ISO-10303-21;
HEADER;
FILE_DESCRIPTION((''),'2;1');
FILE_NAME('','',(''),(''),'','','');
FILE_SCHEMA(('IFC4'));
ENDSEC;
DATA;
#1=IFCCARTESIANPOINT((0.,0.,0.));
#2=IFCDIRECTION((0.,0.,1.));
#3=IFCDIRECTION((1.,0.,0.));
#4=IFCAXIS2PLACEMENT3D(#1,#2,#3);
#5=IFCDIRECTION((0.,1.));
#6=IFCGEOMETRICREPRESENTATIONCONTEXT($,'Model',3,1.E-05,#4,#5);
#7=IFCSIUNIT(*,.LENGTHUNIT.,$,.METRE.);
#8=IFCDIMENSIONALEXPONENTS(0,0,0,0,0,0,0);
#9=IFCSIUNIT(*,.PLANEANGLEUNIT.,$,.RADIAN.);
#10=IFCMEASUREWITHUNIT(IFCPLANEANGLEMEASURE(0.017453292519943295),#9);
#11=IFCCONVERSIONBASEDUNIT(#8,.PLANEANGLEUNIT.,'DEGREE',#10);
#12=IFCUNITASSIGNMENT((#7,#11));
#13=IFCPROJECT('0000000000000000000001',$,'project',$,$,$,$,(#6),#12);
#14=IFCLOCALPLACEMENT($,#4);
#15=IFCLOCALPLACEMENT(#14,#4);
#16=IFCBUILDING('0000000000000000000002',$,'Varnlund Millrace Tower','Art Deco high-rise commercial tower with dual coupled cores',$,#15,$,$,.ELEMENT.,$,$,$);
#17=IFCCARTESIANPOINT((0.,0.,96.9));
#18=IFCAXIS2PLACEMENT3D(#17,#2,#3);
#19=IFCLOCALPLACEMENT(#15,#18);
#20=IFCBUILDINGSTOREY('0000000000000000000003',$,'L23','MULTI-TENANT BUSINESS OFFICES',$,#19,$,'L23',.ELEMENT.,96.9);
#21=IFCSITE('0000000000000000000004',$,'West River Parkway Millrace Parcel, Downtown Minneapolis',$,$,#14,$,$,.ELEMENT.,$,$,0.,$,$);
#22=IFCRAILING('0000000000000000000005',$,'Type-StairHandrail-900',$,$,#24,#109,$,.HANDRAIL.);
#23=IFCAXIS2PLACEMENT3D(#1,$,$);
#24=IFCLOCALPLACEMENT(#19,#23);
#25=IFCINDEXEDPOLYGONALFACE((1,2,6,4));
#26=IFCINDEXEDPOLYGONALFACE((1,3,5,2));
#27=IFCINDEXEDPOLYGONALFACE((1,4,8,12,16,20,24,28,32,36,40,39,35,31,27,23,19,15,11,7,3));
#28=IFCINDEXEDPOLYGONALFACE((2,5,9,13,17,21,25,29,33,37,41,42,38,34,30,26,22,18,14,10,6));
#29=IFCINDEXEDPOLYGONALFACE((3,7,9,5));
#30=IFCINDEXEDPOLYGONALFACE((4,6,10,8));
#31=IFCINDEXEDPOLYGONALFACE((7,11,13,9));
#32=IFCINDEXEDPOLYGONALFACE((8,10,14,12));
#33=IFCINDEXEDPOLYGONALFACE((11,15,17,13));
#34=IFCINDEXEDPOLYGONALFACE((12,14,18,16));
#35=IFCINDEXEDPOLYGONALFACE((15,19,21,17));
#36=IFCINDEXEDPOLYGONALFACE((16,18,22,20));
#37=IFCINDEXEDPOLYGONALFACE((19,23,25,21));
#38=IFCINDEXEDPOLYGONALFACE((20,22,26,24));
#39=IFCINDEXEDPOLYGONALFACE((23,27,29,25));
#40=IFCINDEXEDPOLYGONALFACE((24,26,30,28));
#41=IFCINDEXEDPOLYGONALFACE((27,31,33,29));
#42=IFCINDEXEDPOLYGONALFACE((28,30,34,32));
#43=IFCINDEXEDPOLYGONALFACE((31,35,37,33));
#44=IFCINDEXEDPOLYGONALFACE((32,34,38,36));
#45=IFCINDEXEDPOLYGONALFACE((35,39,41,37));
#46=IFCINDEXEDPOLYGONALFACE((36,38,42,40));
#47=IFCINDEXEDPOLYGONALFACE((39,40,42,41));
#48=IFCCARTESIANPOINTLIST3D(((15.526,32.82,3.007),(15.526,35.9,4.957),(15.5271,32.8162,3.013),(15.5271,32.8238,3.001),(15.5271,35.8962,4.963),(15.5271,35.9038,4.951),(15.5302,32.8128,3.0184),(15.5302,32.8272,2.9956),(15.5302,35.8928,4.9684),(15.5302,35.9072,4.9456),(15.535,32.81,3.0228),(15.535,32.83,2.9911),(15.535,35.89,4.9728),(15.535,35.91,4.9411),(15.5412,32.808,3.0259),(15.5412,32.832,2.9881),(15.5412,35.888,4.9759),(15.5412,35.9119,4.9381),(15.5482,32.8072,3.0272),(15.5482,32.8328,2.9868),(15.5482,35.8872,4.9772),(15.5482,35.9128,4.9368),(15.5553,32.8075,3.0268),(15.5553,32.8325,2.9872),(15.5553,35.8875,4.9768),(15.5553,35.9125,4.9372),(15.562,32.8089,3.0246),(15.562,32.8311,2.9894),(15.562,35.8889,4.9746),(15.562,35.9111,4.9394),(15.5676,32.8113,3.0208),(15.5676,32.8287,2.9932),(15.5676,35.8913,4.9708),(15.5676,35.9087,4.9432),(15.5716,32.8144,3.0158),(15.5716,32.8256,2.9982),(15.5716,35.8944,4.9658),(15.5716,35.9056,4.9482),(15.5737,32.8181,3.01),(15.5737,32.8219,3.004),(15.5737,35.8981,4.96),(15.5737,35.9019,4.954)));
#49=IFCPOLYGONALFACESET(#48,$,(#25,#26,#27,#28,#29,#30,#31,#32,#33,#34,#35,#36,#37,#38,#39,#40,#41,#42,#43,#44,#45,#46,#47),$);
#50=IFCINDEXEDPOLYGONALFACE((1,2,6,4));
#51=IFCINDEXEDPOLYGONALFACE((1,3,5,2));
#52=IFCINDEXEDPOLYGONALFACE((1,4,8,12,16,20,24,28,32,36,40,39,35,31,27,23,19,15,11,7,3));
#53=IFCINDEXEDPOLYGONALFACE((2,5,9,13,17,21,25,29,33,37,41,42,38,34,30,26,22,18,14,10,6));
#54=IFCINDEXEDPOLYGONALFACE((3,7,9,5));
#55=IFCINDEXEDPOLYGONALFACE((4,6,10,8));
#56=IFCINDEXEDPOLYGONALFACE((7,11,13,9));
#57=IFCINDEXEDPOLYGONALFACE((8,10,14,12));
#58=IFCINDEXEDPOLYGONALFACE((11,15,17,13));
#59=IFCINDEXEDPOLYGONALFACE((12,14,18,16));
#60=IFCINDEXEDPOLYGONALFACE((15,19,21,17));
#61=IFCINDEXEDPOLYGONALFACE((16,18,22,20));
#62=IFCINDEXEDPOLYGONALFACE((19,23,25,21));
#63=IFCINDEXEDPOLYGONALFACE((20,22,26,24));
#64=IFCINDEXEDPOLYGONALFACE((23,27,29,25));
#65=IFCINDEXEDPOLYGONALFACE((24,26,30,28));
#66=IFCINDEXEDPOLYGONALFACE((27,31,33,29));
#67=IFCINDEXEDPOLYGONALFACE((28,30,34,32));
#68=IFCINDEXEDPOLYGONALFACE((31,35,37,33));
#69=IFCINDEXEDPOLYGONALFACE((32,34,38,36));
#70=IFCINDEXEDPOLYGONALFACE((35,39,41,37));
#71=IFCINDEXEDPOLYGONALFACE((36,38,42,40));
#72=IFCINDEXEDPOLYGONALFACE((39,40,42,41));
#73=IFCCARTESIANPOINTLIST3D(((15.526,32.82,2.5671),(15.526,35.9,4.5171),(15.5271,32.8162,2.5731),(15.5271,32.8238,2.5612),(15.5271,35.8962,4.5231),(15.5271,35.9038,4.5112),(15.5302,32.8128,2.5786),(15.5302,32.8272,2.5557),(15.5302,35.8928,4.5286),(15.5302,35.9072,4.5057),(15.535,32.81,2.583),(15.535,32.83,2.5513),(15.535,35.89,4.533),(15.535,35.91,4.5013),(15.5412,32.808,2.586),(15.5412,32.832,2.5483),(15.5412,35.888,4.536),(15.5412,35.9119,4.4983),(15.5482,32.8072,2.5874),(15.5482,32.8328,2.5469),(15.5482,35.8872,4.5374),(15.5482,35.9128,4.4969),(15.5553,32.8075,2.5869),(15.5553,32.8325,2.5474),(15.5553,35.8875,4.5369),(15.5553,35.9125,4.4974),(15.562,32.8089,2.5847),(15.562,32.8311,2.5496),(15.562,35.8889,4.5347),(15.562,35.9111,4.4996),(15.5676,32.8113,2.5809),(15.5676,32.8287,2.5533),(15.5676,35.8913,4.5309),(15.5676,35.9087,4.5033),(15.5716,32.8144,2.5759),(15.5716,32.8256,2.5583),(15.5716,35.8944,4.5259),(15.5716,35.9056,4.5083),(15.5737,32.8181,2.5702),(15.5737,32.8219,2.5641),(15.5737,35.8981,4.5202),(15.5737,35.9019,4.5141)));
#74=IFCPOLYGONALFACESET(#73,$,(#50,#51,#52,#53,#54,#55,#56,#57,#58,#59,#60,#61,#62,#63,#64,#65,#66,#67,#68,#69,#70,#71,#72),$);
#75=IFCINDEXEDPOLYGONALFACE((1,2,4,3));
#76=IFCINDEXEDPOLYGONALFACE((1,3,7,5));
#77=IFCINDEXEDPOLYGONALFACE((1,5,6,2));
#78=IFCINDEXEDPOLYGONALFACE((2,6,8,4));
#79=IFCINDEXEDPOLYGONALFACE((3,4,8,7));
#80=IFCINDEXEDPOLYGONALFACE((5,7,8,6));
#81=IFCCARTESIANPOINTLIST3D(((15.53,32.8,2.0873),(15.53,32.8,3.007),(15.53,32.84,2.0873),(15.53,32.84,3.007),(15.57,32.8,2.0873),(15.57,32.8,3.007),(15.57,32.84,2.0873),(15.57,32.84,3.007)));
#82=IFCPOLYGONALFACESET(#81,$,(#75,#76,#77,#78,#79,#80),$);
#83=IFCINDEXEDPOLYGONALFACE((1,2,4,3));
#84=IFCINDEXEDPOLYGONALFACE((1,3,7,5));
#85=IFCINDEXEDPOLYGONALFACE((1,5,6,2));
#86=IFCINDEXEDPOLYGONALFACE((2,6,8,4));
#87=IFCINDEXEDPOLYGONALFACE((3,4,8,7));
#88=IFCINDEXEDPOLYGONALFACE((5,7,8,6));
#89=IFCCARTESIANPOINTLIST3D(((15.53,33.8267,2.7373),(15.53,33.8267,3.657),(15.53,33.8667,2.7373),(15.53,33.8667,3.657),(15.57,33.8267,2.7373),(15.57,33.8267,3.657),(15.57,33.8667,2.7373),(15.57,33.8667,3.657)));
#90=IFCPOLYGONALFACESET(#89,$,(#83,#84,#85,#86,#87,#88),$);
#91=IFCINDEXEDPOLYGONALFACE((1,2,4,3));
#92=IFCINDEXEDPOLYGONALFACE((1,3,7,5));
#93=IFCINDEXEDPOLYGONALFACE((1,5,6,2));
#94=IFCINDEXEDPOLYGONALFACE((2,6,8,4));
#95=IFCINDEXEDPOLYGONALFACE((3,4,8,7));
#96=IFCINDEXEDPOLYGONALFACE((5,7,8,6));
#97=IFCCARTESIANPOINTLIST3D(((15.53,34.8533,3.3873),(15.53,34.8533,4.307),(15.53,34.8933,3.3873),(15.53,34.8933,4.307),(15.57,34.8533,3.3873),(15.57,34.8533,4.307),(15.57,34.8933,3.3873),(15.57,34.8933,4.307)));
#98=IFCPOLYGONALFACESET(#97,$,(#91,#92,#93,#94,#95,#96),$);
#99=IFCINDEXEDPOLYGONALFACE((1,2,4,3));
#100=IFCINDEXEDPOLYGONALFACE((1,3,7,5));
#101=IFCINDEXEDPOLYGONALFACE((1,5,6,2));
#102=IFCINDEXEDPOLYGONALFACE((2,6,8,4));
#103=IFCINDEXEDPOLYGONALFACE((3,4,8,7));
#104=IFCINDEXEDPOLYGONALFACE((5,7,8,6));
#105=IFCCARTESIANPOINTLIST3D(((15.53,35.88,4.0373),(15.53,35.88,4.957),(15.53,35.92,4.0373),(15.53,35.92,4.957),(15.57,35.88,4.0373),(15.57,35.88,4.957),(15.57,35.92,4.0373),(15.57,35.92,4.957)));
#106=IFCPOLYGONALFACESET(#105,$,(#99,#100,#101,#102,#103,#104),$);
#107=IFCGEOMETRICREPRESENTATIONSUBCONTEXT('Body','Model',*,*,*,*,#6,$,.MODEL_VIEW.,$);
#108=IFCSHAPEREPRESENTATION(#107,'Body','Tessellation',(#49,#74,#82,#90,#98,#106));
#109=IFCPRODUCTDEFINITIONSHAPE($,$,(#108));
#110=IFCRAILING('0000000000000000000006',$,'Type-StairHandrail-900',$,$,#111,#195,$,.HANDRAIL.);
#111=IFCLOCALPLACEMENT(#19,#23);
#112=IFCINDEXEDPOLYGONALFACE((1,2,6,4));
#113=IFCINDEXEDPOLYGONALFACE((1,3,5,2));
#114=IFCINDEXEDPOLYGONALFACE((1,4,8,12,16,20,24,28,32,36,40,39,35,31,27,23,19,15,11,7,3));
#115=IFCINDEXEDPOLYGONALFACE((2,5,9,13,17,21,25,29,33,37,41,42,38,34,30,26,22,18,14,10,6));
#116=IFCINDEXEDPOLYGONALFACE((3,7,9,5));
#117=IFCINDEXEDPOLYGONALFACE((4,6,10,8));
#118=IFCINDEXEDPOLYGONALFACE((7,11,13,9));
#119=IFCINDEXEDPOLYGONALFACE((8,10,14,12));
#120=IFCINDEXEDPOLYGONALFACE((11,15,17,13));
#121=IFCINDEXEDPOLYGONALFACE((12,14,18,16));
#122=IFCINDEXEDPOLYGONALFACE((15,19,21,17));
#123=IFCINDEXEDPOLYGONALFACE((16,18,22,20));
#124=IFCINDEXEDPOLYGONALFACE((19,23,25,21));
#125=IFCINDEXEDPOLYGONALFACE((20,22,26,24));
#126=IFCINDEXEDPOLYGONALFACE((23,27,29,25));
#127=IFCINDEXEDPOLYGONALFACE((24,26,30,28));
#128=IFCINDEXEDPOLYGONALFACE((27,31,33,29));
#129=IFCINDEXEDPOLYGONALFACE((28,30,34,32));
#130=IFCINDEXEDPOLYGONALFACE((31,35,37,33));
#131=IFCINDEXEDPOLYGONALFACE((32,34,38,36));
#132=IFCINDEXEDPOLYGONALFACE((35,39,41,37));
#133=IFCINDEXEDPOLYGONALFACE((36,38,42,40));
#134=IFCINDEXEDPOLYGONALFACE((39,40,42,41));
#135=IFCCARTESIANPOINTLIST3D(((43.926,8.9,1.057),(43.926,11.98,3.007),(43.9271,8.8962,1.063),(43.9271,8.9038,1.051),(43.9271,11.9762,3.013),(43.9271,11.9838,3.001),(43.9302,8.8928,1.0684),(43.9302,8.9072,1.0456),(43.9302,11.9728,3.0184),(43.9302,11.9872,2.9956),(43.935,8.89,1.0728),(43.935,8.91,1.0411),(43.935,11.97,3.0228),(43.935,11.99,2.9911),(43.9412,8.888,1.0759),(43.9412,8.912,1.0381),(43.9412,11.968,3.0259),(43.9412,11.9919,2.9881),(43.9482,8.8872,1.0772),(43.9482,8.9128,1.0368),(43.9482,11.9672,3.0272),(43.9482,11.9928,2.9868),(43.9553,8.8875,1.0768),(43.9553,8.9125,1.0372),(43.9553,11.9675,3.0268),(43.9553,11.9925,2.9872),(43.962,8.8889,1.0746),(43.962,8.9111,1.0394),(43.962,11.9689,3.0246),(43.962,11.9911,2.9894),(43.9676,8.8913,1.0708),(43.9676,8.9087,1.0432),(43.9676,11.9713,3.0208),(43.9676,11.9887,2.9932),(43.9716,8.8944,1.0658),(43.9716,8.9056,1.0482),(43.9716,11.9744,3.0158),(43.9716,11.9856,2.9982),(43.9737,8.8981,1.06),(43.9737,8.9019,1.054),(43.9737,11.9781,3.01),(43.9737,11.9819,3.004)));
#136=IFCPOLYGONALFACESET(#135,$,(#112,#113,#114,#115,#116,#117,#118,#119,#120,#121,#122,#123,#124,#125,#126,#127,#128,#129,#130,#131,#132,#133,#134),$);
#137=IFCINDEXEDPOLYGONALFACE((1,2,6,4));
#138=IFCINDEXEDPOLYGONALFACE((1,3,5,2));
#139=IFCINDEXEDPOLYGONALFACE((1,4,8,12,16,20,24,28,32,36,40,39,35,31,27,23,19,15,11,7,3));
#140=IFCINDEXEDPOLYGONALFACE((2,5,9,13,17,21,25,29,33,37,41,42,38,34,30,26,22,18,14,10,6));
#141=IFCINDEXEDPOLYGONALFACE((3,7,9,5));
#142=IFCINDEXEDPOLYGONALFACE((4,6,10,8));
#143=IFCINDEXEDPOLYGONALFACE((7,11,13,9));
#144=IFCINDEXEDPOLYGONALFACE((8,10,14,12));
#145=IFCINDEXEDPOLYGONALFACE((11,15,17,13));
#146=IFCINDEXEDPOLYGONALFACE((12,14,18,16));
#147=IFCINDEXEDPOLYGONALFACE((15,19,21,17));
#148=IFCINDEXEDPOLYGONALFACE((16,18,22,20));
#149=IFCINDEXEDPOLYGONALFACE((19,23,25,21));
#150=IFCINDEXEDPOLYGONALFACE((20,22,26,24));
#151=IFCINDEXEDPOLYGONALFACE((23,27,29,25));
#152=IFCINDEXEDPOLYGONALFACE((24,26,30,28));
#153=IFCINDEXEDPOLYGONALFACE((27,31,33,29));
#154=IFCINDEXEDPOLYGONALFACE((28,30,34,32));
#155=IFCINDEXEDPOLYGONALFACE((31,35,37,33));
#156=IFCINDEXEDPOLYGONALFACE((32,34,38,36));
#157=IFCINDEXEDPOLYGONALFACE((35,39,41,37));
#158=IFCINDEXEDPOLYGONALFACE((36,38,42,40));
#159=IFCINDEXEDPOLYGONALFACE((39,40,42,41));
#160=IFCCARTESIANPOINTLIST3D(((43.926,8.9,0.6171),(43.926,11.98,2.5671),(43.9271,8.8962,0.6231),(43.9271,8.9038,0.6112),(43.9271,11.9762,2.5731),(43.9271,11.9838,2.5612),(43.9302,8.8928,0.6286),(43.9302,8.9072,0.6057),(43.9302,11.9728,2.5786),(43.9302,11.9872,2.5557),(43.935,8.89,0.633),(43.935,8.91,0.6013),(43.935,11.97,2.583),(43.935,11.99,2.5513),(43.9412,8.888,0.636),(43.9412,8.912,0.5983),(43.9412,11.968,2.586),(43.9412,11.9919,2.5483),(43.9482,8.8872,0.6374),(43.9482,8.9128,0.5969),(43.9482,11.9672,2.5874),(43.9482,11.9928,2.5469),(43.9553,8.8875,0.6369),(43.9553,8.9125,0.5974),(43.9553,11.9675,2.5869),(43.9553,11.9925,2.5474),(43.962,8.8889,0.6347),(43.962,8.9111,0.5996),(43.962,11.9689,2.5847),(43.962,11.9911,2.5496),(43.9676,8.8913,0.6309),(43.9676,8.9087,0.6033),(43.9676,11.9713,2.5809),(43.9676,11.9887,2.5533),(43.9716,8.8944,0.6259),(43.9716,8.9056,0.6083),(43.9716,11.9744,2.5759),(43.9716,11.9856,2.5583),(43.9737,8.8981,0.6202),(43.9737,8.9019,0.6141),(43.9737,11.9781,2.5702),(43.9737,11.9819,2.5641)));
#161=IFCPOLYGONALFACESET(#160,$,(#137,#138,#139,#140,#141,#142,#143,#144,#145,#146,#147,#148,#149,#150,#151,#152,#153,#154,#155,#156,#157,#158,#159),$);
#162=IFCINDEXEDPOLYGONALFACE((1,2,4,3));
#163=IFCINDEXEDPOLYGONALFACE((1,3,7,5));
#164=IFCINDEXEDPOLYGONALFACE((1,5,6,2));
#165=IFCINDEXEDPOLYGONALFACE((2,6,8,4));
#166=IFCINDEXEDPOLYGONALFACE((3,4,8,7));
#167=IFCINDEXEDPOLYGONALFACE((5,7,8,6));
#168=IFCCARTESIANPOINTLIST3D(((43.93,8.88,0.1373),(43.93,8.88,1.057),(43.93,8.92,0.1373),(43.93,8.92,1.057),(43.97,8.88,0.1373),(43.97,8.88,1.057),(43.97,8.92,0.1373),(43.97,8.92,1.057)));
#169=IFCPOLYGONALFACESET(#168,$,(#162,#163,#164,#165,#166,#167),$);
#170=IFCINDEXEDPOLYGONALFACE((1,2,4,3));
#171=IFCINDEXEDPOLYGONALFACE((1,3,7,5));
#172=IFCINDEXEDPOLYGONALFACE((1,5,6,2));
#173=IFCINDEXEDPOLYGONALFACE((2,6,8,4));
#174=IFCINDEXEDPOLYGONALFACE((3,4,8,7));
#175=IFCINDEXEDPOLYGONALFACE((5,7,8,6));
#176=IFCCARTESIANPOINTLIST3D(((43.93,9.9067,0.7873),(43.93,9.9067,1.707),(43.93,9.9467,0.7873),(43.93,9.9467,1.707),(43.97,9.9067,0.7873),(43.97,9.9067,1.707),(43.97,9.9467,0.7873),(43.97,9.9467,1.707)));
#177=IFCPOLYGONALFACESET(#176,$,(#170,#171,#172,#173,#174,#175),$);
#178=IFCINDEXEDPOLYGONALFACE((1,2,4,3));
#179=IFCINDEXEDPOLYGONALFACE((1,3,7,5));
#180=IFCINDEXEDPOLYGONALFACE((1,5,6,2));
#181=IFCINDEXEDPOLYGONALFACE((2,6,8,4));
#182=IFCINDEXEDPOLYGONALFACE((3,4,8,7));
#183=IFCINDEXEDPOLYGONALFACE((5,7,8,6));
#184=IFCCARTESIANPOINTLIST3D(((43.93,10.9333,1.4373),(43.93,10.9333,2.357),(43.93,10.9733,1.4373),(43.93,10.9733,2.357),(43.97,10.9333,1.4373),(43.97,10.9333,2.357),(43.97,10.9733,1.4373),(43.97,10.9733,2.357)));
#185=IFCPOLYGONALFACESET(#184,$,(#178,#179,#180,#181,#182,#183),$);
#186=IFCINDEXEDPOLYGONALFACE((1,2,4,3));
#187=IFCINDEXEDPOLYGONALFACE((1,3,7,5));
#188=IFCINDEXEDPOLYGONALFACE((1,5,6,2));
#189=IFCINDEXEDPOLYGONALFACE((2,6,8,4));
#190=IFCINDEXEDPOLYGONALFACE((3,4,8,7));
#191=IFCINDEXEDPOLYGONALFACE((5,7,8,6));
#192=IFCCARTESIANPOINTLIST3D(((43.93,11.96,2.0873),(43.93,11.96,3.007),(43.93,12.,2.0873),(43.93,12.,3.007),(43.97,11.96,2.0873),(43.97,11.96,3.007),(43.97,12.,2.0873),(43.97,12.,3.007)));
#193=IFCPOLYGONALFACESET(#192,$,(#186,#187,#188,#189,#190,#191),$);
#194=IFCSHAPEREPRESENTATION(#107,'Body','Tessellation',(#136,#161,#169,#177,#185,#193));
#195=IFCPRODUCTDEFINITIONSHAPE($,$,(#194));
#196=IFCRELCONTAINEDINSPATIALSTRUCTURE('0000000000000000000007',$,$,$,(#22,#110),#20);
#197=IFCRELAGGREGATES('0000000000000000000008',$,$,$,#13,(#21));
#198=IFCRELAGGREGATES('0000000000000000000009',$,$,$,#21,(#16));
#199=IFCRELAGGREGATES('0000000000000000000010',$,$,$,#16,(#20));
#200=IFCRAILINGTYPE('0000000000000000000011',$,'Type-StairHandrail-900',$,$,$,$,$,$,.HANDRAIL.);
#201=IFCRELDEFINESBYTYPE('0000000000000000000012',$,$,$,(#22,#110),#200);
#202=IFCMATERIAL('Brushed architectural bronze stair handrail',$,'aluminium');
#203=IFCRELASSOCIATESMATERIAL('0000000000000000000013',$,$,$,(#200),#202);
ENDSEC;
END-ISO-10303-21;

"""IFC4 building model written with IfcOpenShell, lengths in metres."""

from ifc_helpers import new_model, entity, si_unit, converted_unit, direction, frame, origin_with_axes, origin_2d_with_axis, place, context, subcontext, project, spatial, rectangle, circle, extrude, material, type_object, element, save


model = new_model("IFC4")

# Units and contexts
model_context = context("Model", 3, precision=1e-05, world=origin_with_axes(), true_north=direction((0.0, 1.0)))
body_context = subcontext(model_context, "Body", "Model", "MODEL_VIEW")
ifc_project = project(units=[si_unit("LENGTHUNIT", "METRE"), converted_unit("PLANEANGLEUNIT", "DEGREE", entity("IfcPlaneAngleMeasure", 0.017453292519943295), si_unit("PLANEANGLEUNIT", "RADIAN"), dimensions=[0, 0, 0, 0, 0, 0, 0])], contexts=[model_context])

# Site, building, storey
site_placement = place(None, origin_with_axes())
site = spatial("IfcSite", under=ifc_project, at=site_placement, Name="West River Parkway Millrace Parcel, Downtown Minneapolis", CompositionType="ELEMENT", RefElevation=0.0)
building_placement = place(site_placement, origin_with_axes())
building = spatial("IfcBuilding", under=site, at=building_placement, Name="Varnlund Millrace Tower", Description="Art Deco high-rise commercial tower with dual coupled cores", CompositionType="ELEMENT")
storey_placement = place(building_placement, frame((0.0, 0.0, 96.9), z_axis=(0.0, 0.0, 1.0), x_axis=(1.0, 0.0, 0.0)))
storey = spatial("IfcBuildingStorey", under=building, at=storey_placement, Name="L23", Description="MULTI-TENANT BUSINESS OFFICES", LongName="L23", CompositionType="ELEMENT", Elevation=96.9)

# Railings
ifc_material_1 = material(Name="Brushed architectural bronze stair handrail", Category="aluminium")
railing_type_1 = type_object("IfcRailingType", Name="Type-StairHandrail-900", PredefinedType="HANDRAIL", material=ifc_material_1)
railing_1_placement = place(storey_placement, frame((0.0, 0.0, -96.9), z_axis=(0.0, 0.0, 1.0), x_axis=(1.0, 0.0, 0.0)))
element("IfcRailing", 1, at=railing_1_placement, inside=storey, type_object=railing_type_1, Name="Type-StairHandrail-900", PredefinedType="HANDRAIL", context=body_context, shape_type="SweptSolid", body=[
    extrude(circle(Radius=0.024, at=origin_2d_with_axis()), frame((15.55, 32.82, 99.907), z_axis=(0.0, 0.844902, 0.534922), x_axis=(-1.0, 0.0, 0.0)), (0.0, 0.0, 1.0), 3.6454),
    extrude(circle(Radius=0.024, at=origin_2d_with_axis()), frame((15.55, 32.82, 99.4671), z_axis=(0.0, 0.844902, 0.534922), x_axis=(-1.0, 0.0, 0.0)), (0.0, 0.0, 1.0), 3.6454),
    extrude(rectangle(XDim=0.04, YDim=0.04, at=origin_2d_with_axis()), frame((15.55, 32.82, 98.9873), z_axis=(0.0, 0.0, 1.0), x_axis=(1.0, 0.0, 0.0)), (0.0, 0.0, 1.0), 0.9197),
    extrude(rectangle(XDim=0.04, YDim=0.04, at=origin_2d_with_axis()), frame((15.55, 33.8467, 99.6373), z_axis=(0.0, 0.0, 1.0), x_axis=(1.0, 0.0, 0.0)), (0.0, 0.0, 1.0), 0.9197),
    extrude(rectangle(XDim=0.04, YDim=0.04, at=origin_2d_with_axis()), frame((15.55, 34.8733, 100.2873), z_axis=(0.0, 0.0, 1.0), x_axis=(1.0, 0.0, 0.0)), (0.0, 0.0, 1.0), 0.9197),
    extrude(rectangle(XDim=0.04, YDim=0.04, at=origin_2d_with_axis()), frame((15.55, 35.9, 100.9373), z_axis=(0.0, 0.0, 1.0), x_axis=(1.0, 0.0, 0.0)), (0.0, 0.0, 1.0), 0.9197),
])
railing_2_placement = place(storey_placement, frame((0.0, 0.0, -96.9), z_axis=(0.0, 0.0, 1.0), x_axis=(1.0, 0.0, 0.0)))
element("IfcRailing", 2, at=railing_2_placement, inside=storey, type_object=railing_type_1, Name="Type-StairHandrail-900", PredefinedType="HANDRAIL", context=body_context, shape_type="SweptSolid", body=[
    extrude(circle(Radius=0.024, at=origin_2d_with_axis()), frame((43.95, 8.9, 97.957), z_axis=(0.0, 0.844902, 0.534922), x_axis=(-1.0, 0.0, 0.0)), (0.0, 0.0, 1.0), 3.6454),
    extrude(circle(Radius=0.024, at=origin_2d_with_axis()), frame((43.95, 8.9, 97.5171), z_axis=(0.0, 0.844902, 0.534922), x_axis=(-1.0, 0.0, 0.0)), (0.0, 0.0, 1.0), 3.6454),
    extrude(rectangle(XDim=0.04, YDim=0.04, at=origin_2d_with_axis()), frame((43.95, 8.9, 97.0373), z_axis=(0.0, 0.0, 1.0), x_axis=(1.0, 0.0, 0.0)), (0.0, 0.0, 1.0), 0.9197),
    extrude(rectangle(XDim=0.04, YDim=0.04, at=origin_2d_with_axis()), frame((43.95, 9.9267, 97.6873), z_axis=(0.0, 0.0, 1.0), x_axis=(1.0, 0.0, 0.0)), (0.0, 0.0, 1.0), 0.9197),
    extrude(rectangle(XDim=0.04, YDim=0.04, at=origin_2d_with_axis()), frame((43.95, 10.9533, 98.3373), z_axis=(0.0, 0.0, 1.0), x_axis=(1.0, 0.0, 0.0)), (0.0, 0.0, 1.0), 0.9197),
    extrude(rectangle(XDim=0.04, YDim=0.04, at=origin_2d_with_axis()), frame((43.95, 11.98, 98.9873), z_axis=(0.0, 0.0, 1.0), x_axis=(1.0, 0.0, 0.0)), (0.0, 0.0, 1.0), 0.9197),
])

save(model, "model.ifc")
